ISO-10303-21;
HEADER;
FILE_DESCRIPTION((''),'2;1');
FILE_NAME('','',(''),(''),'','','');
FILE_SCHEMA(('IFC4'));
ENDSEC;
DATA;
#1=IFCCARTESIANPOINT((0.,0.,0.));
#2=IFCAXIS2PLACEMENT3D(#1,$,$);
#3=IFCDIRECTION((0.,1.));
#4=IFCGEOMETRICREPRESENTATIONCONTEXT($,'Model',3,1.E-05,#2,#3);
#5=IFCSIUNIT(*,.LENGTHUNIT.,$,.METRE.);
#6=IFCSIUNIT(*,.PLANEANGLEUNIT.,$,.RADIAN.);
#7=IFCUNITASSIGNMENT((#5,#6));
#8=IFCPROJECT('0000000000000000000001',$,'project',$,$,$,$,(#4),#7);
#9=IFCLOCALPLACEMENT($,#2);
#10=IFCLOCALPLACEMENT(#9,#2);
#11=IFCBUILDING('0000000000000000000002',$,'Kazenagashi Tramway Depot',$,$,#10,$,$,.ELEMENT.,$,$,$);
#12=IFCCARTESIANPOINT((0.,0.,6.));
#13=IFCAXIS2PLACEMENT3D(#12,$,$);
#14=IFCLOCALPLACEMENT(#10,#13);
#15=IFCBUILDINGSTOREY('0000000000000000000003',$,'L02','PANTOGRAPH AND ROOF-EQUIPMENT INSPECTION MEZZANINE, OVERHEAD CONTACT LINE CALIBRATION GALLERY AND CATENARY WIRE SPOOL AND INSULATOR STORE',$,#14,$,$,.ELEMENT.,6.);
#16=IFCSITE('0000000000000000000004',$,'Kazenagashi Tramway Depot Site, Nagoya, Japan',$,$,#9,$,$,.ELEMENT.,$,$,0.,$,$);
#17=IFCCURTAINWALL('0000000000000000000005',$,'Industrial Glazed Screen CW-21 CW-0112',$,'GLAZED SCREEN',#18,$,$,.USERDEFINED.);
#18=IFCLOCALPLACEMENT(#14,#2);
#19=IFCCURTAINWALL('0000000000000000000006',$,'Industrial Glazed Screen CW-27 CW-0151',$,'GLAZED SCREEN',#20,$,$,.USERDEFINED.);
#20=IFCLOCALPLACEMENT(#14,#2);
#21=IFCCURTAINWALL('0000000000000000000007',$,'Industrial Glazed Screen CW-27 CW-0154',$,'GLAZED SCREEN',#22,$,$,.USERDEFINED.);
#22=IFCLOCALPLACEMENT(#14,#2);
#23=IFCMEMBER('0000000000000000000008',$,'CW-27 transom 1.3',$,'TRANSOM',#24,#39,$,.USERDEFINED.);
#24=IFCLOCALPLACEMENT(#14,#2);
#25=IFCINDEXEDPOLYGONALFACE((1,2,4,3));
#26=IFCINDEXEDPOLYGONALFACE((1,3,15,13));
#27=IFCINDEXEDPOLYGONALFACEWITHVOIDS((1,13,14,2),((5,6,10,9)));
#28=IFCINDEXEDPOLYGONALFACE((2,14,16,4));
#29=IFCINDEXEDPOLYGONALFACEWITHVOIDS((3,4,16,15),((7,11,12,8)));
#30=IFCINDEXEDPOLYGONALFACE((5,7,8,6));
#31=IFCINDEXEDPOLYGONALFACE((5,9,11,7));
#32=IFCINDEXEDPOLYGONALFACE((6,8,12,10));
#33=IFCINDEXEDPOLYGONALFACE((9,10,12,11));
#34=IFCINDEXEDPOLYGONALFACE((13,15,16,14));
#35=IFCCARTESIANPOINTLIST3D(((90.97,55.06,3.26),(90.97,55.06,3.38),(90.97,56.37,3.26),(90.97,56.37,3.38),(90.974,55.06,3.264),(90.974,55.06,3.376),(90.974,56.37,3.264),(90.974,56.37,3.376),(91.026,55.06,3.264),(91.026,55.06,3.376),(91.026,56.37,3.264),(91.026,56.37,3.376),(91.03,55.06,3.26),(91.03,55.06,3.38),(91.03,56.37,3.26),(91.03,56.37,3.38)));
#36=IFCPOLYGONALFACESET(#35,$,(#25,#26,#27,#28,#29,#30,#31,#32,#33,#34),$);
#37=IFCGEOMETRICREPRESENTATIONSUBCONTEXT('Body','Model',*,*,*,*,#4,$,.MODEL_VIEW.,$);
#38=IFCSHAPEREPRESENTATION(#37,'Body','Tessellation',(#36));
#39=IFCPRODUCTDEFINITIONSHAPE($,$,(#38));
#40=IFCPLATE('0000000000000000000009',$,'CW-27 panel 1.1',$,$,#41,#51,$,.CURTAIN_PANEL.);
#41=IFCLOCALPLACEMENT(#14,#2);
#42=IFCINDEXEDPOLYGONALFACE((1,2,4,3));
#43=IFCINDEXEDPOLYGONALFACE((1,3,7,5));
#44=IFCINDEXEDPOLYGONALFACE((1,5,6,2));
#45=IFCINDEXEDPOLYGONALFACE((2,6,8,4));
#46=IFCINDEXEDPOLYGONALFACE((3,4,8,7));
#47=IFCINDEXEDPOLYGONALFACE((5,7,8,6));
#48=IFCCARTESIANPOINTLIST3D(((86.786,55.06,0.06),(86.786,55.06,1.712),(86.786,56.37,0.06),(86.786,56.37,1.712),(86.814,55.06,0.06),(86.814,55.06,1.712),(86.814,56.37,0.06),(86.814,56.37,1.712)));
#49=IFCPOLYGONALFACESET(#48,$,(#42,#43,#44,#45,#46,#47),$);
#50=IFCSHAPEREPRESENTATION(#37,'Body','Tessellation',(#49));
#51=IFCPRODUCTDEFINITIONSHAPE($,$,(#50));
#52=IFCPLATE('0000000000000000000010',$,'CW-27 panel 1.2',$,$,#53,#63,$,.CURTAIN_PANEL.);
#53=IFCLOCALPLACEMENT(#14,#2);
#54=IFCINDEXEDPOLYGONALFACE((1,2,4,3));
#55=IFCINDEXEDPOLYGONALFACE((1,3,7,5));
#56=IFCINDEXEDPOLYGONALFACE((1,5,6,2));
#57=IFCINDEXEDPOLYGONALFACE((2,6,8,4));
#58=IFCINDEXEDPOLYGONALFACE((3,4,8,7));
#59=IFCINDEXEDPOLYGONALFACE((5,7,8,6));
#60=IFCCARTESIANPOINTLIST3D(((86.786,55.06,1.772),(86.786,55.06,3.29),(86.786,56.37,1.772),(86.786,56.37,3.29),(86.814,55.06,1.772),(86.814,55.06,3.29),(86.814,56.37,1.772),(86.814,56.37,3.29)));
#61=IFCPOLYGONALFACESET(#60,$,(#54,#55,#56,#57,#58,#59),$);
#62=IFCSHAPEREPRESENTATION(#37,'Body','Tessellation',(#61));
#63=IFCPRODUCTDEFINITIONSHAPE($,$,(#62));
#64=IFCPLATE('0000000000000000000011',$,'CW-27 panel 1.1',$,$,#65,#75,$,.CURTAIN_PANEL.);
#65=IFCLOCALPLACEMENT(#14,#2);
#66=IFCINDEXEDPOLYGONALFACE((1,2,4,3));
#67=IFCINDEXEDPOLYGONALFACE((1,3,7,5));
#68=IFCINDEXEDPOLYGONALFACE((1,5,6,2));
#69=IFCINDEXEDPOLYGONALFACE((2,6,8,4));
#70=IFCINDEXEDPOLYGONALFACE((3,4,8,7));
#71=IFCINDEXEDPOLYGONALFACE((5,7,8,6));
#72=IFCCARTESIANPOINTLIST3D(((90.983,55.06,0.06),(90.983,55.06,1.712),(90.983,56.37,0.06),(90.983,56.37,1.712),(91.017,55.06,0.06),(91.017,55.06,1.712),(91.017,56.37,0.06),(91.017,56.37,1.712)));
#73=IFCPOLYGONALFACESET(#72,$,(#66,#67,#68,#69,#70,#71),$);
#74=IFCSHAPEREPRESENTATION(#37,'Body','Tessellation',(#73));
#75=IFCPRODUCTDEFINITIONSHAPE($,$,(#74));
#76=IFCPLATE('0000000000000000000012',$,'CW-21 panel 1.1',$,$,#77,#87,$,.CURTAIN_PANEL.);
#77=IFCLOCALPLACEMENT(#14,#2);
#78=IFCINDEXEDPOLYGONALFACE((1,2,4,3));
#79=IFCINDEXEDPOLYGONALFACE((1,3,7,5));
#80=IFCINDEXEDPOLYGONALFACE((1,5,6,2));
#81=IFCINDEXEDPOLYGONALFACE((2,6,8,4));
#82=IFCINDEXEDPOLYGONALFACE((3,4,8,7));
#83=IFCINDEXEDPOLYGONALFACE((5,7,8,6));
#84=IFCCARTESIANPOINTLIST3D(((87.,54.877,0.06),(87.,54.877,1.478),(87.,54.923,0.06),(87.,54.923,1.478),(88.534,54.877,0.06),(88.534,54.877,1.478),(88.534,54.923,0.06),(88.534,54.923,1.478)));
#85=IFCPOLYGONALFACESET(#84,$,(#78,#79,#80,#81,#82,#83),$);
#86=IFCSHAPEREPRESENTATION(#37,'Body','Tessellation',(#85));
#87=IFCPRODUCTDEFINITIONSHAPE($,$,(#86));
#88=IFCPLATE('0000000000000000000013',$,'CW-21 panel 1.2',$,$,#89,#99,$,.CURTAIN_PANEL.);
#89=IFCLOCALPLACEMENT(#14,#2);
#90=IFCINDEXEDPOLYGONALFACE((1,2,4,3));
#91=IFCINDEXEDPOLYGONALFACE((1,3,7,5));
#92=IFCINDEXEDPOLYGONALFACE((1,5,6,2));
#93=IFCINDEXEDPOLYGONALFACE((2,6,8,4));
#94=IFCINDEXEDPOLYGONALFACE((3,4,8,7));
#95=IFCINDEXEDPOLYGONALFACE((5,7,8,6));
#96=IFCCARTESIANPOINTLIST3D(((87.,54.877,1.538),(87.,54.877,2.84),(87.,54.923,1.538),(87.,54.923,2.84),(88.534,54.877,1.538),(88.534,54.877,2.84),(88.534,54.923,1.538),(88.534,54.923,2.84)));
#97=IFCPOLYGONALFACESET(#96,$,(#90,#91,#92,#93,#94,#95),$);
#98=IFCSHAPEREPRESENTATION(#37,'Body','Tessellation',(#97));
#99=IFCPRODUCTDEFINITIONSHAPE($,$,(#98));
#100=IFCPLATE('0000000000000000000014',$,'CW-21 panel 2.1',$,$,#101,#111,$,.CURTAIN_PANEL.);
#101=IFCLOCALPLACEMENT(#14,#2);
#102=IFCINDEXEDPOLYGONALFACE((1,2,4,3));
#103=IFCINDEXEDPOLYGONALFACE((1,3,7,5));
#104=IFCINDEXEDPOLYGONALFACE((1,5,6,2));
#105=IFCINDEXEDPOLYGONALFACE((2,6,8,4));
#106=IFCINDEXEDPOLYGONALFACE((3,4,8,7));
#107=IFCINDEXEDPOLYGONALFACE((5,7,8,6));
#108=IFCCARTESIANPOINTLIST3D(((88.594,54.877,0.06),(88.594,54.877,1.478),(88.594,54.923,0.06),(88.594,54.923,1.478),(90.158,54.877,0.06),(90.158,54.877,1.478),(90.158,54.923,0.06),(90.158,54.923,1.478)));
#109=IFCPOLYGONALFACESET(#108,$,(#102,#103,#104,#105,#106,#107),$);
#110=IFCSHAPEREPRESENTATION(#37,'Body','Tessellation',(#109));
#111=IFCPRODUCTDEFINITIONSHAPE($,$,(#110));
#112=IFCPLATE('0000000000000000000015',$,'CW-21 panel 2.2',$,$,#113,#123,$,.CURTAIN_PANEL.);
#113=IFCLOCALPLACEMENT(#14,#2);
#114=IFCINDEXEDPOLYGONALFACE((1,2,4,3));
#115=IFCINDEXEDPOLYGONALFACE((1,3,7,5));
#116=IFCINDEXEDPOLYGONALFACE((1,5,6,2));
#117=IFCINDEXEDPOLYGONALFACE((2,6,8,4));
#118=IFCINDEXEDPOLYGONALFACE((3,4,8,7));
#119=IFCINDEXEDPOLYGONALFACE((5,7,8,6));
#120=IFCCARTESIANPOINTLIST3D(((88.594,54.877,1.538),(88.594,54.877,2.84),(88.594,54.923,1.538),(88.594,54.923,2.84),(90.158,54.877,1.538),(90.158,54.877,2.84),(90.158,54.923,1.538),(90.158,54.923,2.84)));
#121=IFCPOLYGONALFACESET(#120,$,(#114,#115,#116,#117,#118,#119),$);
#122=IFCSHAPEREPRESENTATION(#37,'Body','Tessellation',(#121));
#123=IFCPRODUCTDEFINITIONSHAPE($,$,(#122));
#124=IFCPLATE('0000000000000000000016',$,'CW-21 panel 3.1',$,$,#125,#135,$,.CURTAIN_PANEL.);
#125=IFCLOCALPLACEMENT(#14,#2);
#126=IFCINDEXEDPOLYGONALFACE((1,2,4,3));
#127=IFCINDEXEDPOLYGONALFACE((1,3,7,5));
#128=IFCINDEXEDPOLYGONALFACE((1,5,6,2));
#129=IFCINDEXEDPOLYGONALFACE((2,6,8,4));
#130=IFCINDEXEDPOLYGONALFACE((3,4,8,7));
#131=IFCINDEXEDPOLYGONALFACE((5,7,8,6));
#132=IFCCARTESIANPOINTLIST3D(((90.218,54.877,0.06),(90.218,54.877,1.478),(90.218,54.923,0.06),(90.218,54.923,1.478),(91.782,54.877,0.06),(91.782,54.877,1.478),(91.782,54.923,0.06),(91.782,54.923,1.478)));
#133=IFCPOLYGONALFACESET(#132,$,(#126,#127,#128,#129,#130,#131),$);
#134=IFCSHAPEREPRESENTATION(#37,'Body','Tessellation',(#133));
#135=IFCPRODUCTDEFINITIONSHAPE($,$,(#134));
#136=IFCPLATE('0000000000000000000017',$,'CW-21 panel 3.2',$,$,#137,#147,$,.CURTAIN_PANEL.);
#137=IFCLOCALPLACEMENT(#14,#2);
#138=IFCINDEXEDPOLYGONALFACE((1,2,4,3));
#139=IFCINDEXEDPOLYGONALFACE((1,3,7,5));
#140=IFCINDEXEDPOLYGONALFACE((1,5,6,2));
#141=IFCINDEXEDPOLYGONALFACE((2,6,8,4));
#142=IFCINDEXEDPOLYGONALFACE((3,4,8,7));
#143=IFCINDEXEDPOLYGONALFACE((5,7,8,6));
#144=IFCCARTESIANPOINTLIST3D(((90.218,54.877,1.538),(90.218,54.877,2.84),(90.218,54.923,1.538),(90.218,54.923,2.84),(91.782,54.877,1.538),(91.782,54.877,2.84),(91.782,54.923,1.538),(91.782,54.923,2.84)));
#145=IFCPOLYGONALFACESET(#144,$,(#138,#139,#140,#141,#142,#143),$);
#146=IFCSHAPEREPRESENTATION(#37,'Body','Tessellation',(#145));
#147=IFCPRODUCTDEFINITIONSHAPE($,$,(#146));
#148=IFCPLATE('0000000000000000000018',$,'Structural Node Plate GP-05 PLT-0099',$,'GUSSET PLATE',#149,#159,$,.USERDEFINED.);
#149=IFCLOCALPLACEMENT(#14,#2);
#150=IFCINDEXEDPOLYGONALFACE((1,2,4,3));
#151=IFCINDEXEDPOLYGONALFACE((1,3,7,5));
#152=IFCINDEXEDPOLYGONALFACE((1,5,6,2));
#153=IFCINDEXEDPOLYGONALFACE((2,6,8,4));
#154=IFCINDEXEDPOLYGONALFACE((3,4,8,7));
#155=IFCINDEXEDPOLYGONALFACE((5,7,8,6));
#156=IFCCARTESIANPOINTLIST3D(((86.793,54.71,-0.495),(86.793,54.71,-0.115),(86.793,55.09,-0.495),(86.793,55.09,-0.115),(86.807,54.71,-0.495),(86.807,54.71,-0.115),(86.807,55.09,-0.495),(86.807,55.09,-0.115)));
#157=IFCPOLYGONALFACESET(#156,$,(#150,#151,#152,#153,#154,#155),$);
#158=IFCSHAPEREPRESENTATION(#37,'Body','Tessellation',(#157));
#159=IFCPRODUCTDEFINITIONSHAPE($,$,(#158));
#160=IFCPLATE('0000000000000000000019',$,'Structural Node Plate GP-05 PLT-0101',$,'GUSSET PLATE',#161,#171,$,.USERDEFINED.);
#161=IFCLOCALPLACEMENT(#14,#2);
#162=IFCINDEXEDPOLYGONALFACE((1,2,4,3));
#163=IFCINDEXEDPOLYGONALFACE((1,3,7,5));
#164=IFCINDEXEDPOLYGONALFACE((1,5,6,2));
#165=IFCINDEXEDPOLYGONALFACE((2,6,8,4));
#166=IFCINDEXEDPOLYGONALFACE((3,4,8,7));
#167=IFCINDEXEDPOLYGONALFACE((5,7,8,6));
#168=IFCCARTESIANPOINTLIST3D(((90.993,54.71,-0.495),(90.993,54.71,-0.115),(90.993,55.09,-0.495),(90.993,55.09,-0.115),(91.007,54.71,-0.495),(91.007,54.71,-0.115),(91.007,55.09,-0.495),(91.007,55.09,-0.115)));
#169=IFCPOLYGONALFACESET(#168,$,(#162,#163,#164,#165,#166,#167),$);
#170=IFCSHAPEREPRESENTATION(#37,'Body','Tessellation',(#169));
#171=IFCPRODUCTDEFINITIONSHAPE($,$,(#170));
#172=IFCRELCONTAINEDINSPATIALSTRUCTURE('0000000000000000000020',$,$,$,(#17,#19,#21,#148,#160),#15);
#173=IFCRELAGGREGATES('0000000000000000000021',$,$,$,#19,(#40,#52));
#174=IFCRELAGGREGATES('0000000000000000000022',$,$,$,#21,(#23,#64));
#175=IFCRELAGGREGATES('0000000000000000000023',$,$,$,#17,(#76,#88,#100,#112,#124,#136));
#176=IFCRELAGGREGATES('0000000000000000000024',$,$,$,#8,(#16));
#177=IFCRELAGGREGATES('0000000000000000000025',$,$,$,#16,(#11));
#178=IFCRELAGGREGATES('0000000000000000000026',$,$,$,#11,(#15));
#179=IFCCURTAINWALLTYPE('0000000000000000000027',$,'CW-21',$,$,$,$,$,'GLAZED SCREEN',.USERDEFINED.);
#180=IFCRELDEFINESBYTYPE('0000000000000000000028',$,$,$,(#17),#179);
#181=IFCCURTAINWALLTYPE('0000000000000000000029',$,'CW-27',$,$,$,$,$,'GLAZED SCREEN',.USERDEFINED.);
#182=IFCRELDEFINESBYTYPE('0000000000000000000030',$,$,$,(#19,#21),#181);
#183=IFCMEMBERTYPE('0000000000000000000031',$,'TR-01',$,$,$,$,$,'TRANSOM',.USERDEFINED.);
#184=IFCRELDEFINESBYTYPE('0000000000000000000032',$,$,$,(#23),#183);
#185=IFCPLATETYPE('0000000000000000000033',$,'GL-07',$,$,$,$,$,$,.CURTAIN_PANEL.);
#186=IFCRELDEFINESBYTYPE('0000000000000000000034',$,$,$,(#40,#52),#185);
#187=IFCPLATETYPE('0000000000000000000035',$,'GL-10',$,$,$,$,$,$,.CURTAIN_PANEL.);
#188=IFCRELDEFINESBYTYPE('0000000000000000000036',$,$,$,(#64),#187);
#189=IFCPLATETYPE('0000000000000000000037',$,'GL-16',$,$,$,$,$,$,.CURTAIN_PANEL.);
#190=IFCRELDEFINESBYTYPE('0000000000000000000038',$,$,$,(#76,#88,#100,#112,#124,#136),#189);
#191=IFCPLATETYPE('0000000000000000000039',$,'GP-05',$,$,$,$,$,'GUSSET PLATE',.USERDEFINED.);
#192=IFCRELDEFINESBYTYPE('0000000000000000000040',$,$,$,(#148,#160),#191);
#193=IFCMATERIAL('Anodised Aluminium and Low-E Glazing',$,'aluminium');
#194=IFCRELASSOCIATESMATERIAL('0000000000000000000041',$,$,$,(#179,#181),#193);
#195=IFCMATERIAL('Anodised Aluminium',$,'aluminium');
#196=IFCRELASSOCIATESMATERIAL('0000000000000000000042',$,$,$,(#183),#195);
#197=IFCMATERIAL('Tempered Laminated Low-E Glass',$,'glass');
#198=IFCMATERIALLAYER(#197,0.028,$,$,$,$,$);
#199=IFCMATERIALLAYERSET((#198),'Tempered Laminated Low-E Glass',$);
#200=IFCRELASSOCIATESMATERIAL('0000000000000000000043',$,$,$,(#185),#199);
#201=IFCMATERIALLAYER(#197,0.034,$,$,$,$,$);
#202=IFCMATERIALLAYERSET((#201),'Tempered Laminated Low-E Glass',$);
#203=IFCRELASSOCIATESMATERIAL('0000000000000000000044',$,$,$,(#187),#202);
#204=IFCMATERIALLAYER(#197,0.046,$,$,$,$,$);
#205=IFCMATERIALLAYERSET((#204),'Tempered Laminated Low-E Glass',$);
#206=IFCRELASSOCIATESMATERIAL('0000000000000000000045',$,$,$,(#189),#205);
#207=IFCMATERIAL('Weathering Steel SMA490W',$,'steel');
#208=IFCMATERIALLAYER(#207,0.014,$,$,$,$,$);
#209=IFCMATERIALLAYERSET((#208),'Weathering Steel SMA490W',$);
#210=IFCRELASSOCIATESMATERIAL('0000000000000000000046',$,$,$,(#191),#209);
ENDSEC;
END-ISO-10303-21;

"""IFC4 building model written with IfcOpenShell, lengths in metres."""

from ifc_helpers import new_model, si_unit, direction, frame, origin, origin_2d, place, context, subcontext, project, spatial, rectangle, hollow_rectangle, extrude, material, layer, layer_set, material_profile, profile_set, type_object, element, aggregate, save


model = new_model("IFC4")

# Units and contexts
model_context = context("Model", 3, precision=1e-05, world=origin(), true_north=direction((0.0, 1.0)))
body_context = subcontext(model_context, "Body", "Model", "MODEL_VIEW")
ifc_project = project(units=[si_unit("LENGTHUNIT", "METRE"), si_unit("PLANEANGLEUNIT", "RADIAN")], contexts=[model_context])

# Site, building, storey
site_placement = place(None, origin())
site = spatial("IfcSite", under=ifc_project, at=site_placement, Name="Kazenagashi Tramway Depot Site, Nagoya, Japan", CompositionType="ELEMENT", RefElevation=0.0)
building_placement = place(site_placement, origin())
building = spatial("IfcBuilding", under=site, at=building_placement, Name="Kazenagashi Tramway Depot", CompositionType="ELEMENT")
storey_placement = place(building_placement, frame((0.0, 0.0, 6.0)))
storey = spatial("IfcBuildingStorey", under=building, at=storey_placement, Name="L02", Description="PANTOGRAPH AND ROOF-EQUIPMENT INSPECTION MEZZANINE, OVERHEAD CONTACT LINE CALIBRATION GALLERY AND CATENARY WIRE SPOOL AND INSULATOR STORE", CompositionType="ELEMENT", Elevation=6.0)

# Curtain wall
ifc_material_1 = material(Name="Anodised Aluminium and Low-E Glazing", Category="aluminium")
curtain_wall_type_1 = type_object("IfcCurtainWallType", Name="CW-21", ElementType="GLAZED SCREEN", PredefinedType="USERDEFINED", material=ifc_material_1)
curtain_wall_1_placement = place(storey_placement, origin())
curtain_wall_1 = element("IfcCurtainWall", 1, at=curtain_wall_1_placement, inside=storey, type_object=curtain_wall_type_1, Name="Industrial Glazed Screen CW-21 CW-0112", ObjectType="GLAZED SCREEN", PredefinedType="USERDEFINED")
ifc_material_2 = material(Name="Anodised Aluminium", Category="aluminium")

# Curtain walls
curtain_wall_type_2 = type_object("IfcCurtainWallType", Name="CW-27", ElementType="GLAZED SCREEN", PredefinedType="USERDEFINED", material=ifc_material_1)
curtain_wall_2_placement = place(storey_placement, origin())
curtain_wall_2 = element("IfcCurtainWall", 2, at=curtain_wall_2_placement, inside=storey, type_object=curtain_wall_type_2, Name="Industrial Glazed Screen CW-27 CW-0151", ObjectType="GLAZED SCREEN", PredefinedType="USERDEFINED")
curtain_wall_3_placement = place(storey_placement, origin())
curtain_wall_3 = element("IfcCurtainWall", 3, at=curtain_wall_3_placement, inside=storey, type_object=curtain_wall_type_2, Name="Industrial Glazed Screen CW-27 CW-0154", ObjectType="GLAZED SCREEN", PredefinedType="USERDEFINED")

# Member
ifc_material_3 = material(Name="Weathering Steel SMA490W", Category="steel")
ifc_material_profile_1 = material_profile(ifc_material_2, hollow_rectangle(XDim=0.06, YDim=0.12, WallThickness=0.004, at=origin_2d()), Name="RHS-120x60x4")
ifc_profile_set_1 = profile_set([ifc_material_profile_1], Name="Anodised Aluminium")
member_type_1 = type_object("IfcMemberType", Name="TR-01", ElementType="TRANSOM", PredefinedType="USERDEFINED", material=ifc_profile_set_1)
member_1_placement = place(storey_placement, frame((91.0, 55.06, 3.32), z_axis=(0.0, 1.0, 0.0), x_axis=(-1.0, 0.0, 0.0)))
member_1 = element("IfcMember", 4, at=member_1_placement, type_object=member_type_1, Name="CW-27 transom 1.3", ObjectType="TRANSOM", PredefinedType="USERDEFINED", context=body_context, shape_type="SweptSolid", body=[
    extrude(hollow_rectangle(XDim=0.06, YDim=0.12, WallThickness=0.004, at=origin_2d()), origin(), (0.0, 0.0, 1.0), 1.31),
])

# Plates
ifc_material_4 = material(Name="Tempered Laminated Low-E Glass", Category="glass")
ifc_layer_1 = layer(ifc_material_4, 0.028)
ifc_layer_set_1 = layer_set([ifc_layer_1], Name="Tempered Laminated Low-E Glass")
plate_type_1 = type_object("IfcPlateType", Name="GL-07", PredefinedType="CURTAIN_PANEL", material=ifc_layer_set_1)
plate_1_placement = place(storey_placement, frame((86.8, 55.715, 0.06), z_axis=(0.0, 0.0, 1.0), x_axis=(0.0, 1.0, 0.0)))
plate_1 = element("IfcPlate", 5, at=plate_1_placement, type_object=plate_type_1, Name="CW-27 panel 1.1", PredefinedType="CURTAIN_PANEL", context=body_context, shape_type="SweptSolid", body=[
    extrude(rectangle(XDim=1.31, YDim=0.028, at=origin_2d()), origin(), (0.0, 0.0, 1.0), 1.652),
])
plate_2_placement = place(storey_placement, frame((86.8, 55.715, 1.772), z_axis=(0.0, 0.0, 1.0), x_axis=(0.0, 1.0, 0.0)))
plate_2 = element("IfcPlate", 6, at=plate_2_placement, type_object=plate_type_1, Name="CW-27 panel 1.2", PredefinedType="CURTAIN_PANEL", context=body_context, shape_type="SweptSolid", body=[
    extrude(rectangle(XDim=1.31, YDim=0.028, at=origin_2d()), origin(), (0.0, 0.0, 1.0), 1.518),
])
aggregate(curtain_wall_2, [plate_1, plate_2])
ifc_layer_2 = layer(ifc_material_4, 0.034)
ifc_layer_set_2 = layer_set([ifc_layer_2], Name="Tempered Laminated Low-E Glass")
plate_type_2 = type_object("IfcPlateType", Name="GL-10", PredefinedType="CURTAIN_PANEL", material=ifc_layer_set_2)
plate_3_placement = place(storey_placement, frame((91.0, 55.715, 0.06), z_axis=(0.0, 0.0, 1.0), x_axis=(0.0, 1.0, 0.0)))
plate_3 = element("IfcPlate", 7, at=plate_3_placement, type_object=plate_type_2, Name="CW-27 panel 1.1", PredefinedType="CURTAIN_PANEL", context=body_context, shape_type="SweptSolid", body=[
    extrude(rectangle(XDim=1.31, YDim=0.034, at=origin_2d()), origin(), (0.0, 0.0, 1.0), 1.652),
])
aggregate(curtain_wall_3, [member_1, plate_3])
ifc_layer_3 = layer(ifc_material_4, 0.046)
ifc_layer_set_3 = layer_set([ifc_layer_3], Name="Tempered Laminated Low-E Glass")
plate_type_3 = type_object("IfcPlateType", Name="GL-16", PredefinedType="CURTAIN_PANEL", material=ifc_layer_set_3)
plate_4_placement = place(storey_placement, frame((87.767, 54.9, 0.06), z_axis=(0.0, 0.0, 1.0), x_axis=(1.0, 0.0, 0.0)))
plate_4 = element("IfcPlate", 8, at=plate_4_placement, type_object=plate_type_3, Name="CW-21 panel 1.1", PredefinedType="CURTAIN_PANEL", context=body_context, shape_type="SweptSolid", body=[
    extrude(rectangle(XDim=1.534, YDim=0.046, at=origin_2d()), origin(), (0.0, 0.0, 1.0), 1.418),
])
plate_5_placement = place(storey_placement, frame((87.767, 54.9, 1.538), z_axis=(0.0, 0.0, 1.0), x_axis=(1.0, 0.0, 0.0)))
plate_5 = element("IfcPlate", 9, at=plate_5_placement, type_object=plate_type_3, Name="CW-21 panel 1.2", PredefinedType="CURTAIN_PANEL", context=body_context, shape_type="SweptSolid", body=[
    extrude(rectangle(XDim=1.534, YDim=0.046, at=origin_2d()), origin(), (0.0, 0.0, 1.0), 1.302),
])
plate_6_placement = place(storey_placement, frame((89.376, 54.9, 0.06), z_axis=(0.0, 0.0, 1.0), x_axis=(1.0, 0.0, 0.0)))
plate_6 = element("IfcPlate", 10, at=plate_6_placement, type_object=plate_type_3, Name="CW-21 panel 2.1", PredefinedType="CURTAIN_PANEL", context=body_context, shape_type="SweptSolid", body=[
    extrude(rectangle(XDim=1.564, YDim=0.046, at=origin_2d()), origin(), (0.0, 0.0, 1.0), 1.418),
])
plate_7_placement = place(storey_placement, frame((89.376, 54.9, 1.538), z_axis=(0.0, 0.0, 1.0), x_axis=(1.0, 0.0, 0.0)))
plate_7 = element("IfcPlate", 11, at=plate_7_placement, type_object=plate_type_3, Name="CW-21 panel 2.2", PredefinedType="CURTAIN_PANEL", context=body_context, shape_type="SweptSolid", body=[
    extrude(rectangle(XDim=1.564, YDim=0.046, at=origin_2d()), origin(), (0.0, 0.0, 1.0), 1.302),
])
plate_8_placement = place(storey_placement, frame((91.0, 54.9, 0.06), z_axis=(0.0, 0.0, 1.0), x_axis=(1.0, 0.0, 0.0)))
plate_8 = element("IfcPlate", 12, at=plate_8_placement, type_object=plate_type_3, Name="CW-21 panel 3.1", PredefinedType="CURTAIN_PANEL", context=body_context, shape_type="SweptSolid", body=[
    extrude(rectangle(XDim=1.564, YDim=0.046, at=origin_2d()), origin(), (0.0, 0.0, 1.0), 1.418),
])
plate_9_placement = place(storey_placement, frame((91.0, 54.9, 1.538), z_axis=(0.0, 0.0, 1.0), x_axis=(1.0, 0.0, 0.0)))
plate_9 = element("IfcPlate", 13, at=plate_9_placement, type_object=plate_type_3, Name="CW-21 panel 3.2", PredefinedType="CURTAIN_PANEL", context=body_context, shape_type="SweptSolid", body=[
    extrude(rectangle(XDim=1.564, YDim=0.046, at=origin_2d()), origin(), (0.0, 0.0, 1.0), 1.302),
])
aggregate(curtain_wall_1, [plate_4, plate_5, plate_6, plate_7, plate_8, plate_9])

# Plates
ifc_layer_4 = layer(ifc_material_3, 0.014)
ifc_layer_set_4 = layer_set([ifc_layer_4], Name="Weathering Steel SMA490W")
plate_type_4 = type_object("IfcPlateType", Name="GP-05", ElementType="GUSSET PLATE", PredefinedType="USERDEFINED", material=ifc_layer_set_4)
for number, where, z_axis, x_axis, name in (
    (14, (86.8, 54.9, -0.495), (0.0, 0.0, 1.0), (0.0, 1.0, 0.0), "Structural Node Plate GP-05 PLT-0099"),
    (15, (91.0, 54.9, -0.495), (0.0, 0.0, 1.0), (0.0, 1.0, 0.0), "Structural Node Plate GP-05 PLT-0101"),
):
    element("IfcPlate", number, at=place(storey_placement, frame(where, z_axis=z_axis, x_axis=x_axis)), inside=storey, type_object=plate_type_4, Name=name, ObjectType="GUSSET PLATE", PredefinedType="USERDEFINED", context=body_context, shape_type="SweptSolid", body=[
        extrude(rectangle(XDim=0.38, YDim=0.014, at=origin_2d()), origin(), (0.0, 0.0, 1.0), 0.38),
    ])

save(model, "model.ifc")
